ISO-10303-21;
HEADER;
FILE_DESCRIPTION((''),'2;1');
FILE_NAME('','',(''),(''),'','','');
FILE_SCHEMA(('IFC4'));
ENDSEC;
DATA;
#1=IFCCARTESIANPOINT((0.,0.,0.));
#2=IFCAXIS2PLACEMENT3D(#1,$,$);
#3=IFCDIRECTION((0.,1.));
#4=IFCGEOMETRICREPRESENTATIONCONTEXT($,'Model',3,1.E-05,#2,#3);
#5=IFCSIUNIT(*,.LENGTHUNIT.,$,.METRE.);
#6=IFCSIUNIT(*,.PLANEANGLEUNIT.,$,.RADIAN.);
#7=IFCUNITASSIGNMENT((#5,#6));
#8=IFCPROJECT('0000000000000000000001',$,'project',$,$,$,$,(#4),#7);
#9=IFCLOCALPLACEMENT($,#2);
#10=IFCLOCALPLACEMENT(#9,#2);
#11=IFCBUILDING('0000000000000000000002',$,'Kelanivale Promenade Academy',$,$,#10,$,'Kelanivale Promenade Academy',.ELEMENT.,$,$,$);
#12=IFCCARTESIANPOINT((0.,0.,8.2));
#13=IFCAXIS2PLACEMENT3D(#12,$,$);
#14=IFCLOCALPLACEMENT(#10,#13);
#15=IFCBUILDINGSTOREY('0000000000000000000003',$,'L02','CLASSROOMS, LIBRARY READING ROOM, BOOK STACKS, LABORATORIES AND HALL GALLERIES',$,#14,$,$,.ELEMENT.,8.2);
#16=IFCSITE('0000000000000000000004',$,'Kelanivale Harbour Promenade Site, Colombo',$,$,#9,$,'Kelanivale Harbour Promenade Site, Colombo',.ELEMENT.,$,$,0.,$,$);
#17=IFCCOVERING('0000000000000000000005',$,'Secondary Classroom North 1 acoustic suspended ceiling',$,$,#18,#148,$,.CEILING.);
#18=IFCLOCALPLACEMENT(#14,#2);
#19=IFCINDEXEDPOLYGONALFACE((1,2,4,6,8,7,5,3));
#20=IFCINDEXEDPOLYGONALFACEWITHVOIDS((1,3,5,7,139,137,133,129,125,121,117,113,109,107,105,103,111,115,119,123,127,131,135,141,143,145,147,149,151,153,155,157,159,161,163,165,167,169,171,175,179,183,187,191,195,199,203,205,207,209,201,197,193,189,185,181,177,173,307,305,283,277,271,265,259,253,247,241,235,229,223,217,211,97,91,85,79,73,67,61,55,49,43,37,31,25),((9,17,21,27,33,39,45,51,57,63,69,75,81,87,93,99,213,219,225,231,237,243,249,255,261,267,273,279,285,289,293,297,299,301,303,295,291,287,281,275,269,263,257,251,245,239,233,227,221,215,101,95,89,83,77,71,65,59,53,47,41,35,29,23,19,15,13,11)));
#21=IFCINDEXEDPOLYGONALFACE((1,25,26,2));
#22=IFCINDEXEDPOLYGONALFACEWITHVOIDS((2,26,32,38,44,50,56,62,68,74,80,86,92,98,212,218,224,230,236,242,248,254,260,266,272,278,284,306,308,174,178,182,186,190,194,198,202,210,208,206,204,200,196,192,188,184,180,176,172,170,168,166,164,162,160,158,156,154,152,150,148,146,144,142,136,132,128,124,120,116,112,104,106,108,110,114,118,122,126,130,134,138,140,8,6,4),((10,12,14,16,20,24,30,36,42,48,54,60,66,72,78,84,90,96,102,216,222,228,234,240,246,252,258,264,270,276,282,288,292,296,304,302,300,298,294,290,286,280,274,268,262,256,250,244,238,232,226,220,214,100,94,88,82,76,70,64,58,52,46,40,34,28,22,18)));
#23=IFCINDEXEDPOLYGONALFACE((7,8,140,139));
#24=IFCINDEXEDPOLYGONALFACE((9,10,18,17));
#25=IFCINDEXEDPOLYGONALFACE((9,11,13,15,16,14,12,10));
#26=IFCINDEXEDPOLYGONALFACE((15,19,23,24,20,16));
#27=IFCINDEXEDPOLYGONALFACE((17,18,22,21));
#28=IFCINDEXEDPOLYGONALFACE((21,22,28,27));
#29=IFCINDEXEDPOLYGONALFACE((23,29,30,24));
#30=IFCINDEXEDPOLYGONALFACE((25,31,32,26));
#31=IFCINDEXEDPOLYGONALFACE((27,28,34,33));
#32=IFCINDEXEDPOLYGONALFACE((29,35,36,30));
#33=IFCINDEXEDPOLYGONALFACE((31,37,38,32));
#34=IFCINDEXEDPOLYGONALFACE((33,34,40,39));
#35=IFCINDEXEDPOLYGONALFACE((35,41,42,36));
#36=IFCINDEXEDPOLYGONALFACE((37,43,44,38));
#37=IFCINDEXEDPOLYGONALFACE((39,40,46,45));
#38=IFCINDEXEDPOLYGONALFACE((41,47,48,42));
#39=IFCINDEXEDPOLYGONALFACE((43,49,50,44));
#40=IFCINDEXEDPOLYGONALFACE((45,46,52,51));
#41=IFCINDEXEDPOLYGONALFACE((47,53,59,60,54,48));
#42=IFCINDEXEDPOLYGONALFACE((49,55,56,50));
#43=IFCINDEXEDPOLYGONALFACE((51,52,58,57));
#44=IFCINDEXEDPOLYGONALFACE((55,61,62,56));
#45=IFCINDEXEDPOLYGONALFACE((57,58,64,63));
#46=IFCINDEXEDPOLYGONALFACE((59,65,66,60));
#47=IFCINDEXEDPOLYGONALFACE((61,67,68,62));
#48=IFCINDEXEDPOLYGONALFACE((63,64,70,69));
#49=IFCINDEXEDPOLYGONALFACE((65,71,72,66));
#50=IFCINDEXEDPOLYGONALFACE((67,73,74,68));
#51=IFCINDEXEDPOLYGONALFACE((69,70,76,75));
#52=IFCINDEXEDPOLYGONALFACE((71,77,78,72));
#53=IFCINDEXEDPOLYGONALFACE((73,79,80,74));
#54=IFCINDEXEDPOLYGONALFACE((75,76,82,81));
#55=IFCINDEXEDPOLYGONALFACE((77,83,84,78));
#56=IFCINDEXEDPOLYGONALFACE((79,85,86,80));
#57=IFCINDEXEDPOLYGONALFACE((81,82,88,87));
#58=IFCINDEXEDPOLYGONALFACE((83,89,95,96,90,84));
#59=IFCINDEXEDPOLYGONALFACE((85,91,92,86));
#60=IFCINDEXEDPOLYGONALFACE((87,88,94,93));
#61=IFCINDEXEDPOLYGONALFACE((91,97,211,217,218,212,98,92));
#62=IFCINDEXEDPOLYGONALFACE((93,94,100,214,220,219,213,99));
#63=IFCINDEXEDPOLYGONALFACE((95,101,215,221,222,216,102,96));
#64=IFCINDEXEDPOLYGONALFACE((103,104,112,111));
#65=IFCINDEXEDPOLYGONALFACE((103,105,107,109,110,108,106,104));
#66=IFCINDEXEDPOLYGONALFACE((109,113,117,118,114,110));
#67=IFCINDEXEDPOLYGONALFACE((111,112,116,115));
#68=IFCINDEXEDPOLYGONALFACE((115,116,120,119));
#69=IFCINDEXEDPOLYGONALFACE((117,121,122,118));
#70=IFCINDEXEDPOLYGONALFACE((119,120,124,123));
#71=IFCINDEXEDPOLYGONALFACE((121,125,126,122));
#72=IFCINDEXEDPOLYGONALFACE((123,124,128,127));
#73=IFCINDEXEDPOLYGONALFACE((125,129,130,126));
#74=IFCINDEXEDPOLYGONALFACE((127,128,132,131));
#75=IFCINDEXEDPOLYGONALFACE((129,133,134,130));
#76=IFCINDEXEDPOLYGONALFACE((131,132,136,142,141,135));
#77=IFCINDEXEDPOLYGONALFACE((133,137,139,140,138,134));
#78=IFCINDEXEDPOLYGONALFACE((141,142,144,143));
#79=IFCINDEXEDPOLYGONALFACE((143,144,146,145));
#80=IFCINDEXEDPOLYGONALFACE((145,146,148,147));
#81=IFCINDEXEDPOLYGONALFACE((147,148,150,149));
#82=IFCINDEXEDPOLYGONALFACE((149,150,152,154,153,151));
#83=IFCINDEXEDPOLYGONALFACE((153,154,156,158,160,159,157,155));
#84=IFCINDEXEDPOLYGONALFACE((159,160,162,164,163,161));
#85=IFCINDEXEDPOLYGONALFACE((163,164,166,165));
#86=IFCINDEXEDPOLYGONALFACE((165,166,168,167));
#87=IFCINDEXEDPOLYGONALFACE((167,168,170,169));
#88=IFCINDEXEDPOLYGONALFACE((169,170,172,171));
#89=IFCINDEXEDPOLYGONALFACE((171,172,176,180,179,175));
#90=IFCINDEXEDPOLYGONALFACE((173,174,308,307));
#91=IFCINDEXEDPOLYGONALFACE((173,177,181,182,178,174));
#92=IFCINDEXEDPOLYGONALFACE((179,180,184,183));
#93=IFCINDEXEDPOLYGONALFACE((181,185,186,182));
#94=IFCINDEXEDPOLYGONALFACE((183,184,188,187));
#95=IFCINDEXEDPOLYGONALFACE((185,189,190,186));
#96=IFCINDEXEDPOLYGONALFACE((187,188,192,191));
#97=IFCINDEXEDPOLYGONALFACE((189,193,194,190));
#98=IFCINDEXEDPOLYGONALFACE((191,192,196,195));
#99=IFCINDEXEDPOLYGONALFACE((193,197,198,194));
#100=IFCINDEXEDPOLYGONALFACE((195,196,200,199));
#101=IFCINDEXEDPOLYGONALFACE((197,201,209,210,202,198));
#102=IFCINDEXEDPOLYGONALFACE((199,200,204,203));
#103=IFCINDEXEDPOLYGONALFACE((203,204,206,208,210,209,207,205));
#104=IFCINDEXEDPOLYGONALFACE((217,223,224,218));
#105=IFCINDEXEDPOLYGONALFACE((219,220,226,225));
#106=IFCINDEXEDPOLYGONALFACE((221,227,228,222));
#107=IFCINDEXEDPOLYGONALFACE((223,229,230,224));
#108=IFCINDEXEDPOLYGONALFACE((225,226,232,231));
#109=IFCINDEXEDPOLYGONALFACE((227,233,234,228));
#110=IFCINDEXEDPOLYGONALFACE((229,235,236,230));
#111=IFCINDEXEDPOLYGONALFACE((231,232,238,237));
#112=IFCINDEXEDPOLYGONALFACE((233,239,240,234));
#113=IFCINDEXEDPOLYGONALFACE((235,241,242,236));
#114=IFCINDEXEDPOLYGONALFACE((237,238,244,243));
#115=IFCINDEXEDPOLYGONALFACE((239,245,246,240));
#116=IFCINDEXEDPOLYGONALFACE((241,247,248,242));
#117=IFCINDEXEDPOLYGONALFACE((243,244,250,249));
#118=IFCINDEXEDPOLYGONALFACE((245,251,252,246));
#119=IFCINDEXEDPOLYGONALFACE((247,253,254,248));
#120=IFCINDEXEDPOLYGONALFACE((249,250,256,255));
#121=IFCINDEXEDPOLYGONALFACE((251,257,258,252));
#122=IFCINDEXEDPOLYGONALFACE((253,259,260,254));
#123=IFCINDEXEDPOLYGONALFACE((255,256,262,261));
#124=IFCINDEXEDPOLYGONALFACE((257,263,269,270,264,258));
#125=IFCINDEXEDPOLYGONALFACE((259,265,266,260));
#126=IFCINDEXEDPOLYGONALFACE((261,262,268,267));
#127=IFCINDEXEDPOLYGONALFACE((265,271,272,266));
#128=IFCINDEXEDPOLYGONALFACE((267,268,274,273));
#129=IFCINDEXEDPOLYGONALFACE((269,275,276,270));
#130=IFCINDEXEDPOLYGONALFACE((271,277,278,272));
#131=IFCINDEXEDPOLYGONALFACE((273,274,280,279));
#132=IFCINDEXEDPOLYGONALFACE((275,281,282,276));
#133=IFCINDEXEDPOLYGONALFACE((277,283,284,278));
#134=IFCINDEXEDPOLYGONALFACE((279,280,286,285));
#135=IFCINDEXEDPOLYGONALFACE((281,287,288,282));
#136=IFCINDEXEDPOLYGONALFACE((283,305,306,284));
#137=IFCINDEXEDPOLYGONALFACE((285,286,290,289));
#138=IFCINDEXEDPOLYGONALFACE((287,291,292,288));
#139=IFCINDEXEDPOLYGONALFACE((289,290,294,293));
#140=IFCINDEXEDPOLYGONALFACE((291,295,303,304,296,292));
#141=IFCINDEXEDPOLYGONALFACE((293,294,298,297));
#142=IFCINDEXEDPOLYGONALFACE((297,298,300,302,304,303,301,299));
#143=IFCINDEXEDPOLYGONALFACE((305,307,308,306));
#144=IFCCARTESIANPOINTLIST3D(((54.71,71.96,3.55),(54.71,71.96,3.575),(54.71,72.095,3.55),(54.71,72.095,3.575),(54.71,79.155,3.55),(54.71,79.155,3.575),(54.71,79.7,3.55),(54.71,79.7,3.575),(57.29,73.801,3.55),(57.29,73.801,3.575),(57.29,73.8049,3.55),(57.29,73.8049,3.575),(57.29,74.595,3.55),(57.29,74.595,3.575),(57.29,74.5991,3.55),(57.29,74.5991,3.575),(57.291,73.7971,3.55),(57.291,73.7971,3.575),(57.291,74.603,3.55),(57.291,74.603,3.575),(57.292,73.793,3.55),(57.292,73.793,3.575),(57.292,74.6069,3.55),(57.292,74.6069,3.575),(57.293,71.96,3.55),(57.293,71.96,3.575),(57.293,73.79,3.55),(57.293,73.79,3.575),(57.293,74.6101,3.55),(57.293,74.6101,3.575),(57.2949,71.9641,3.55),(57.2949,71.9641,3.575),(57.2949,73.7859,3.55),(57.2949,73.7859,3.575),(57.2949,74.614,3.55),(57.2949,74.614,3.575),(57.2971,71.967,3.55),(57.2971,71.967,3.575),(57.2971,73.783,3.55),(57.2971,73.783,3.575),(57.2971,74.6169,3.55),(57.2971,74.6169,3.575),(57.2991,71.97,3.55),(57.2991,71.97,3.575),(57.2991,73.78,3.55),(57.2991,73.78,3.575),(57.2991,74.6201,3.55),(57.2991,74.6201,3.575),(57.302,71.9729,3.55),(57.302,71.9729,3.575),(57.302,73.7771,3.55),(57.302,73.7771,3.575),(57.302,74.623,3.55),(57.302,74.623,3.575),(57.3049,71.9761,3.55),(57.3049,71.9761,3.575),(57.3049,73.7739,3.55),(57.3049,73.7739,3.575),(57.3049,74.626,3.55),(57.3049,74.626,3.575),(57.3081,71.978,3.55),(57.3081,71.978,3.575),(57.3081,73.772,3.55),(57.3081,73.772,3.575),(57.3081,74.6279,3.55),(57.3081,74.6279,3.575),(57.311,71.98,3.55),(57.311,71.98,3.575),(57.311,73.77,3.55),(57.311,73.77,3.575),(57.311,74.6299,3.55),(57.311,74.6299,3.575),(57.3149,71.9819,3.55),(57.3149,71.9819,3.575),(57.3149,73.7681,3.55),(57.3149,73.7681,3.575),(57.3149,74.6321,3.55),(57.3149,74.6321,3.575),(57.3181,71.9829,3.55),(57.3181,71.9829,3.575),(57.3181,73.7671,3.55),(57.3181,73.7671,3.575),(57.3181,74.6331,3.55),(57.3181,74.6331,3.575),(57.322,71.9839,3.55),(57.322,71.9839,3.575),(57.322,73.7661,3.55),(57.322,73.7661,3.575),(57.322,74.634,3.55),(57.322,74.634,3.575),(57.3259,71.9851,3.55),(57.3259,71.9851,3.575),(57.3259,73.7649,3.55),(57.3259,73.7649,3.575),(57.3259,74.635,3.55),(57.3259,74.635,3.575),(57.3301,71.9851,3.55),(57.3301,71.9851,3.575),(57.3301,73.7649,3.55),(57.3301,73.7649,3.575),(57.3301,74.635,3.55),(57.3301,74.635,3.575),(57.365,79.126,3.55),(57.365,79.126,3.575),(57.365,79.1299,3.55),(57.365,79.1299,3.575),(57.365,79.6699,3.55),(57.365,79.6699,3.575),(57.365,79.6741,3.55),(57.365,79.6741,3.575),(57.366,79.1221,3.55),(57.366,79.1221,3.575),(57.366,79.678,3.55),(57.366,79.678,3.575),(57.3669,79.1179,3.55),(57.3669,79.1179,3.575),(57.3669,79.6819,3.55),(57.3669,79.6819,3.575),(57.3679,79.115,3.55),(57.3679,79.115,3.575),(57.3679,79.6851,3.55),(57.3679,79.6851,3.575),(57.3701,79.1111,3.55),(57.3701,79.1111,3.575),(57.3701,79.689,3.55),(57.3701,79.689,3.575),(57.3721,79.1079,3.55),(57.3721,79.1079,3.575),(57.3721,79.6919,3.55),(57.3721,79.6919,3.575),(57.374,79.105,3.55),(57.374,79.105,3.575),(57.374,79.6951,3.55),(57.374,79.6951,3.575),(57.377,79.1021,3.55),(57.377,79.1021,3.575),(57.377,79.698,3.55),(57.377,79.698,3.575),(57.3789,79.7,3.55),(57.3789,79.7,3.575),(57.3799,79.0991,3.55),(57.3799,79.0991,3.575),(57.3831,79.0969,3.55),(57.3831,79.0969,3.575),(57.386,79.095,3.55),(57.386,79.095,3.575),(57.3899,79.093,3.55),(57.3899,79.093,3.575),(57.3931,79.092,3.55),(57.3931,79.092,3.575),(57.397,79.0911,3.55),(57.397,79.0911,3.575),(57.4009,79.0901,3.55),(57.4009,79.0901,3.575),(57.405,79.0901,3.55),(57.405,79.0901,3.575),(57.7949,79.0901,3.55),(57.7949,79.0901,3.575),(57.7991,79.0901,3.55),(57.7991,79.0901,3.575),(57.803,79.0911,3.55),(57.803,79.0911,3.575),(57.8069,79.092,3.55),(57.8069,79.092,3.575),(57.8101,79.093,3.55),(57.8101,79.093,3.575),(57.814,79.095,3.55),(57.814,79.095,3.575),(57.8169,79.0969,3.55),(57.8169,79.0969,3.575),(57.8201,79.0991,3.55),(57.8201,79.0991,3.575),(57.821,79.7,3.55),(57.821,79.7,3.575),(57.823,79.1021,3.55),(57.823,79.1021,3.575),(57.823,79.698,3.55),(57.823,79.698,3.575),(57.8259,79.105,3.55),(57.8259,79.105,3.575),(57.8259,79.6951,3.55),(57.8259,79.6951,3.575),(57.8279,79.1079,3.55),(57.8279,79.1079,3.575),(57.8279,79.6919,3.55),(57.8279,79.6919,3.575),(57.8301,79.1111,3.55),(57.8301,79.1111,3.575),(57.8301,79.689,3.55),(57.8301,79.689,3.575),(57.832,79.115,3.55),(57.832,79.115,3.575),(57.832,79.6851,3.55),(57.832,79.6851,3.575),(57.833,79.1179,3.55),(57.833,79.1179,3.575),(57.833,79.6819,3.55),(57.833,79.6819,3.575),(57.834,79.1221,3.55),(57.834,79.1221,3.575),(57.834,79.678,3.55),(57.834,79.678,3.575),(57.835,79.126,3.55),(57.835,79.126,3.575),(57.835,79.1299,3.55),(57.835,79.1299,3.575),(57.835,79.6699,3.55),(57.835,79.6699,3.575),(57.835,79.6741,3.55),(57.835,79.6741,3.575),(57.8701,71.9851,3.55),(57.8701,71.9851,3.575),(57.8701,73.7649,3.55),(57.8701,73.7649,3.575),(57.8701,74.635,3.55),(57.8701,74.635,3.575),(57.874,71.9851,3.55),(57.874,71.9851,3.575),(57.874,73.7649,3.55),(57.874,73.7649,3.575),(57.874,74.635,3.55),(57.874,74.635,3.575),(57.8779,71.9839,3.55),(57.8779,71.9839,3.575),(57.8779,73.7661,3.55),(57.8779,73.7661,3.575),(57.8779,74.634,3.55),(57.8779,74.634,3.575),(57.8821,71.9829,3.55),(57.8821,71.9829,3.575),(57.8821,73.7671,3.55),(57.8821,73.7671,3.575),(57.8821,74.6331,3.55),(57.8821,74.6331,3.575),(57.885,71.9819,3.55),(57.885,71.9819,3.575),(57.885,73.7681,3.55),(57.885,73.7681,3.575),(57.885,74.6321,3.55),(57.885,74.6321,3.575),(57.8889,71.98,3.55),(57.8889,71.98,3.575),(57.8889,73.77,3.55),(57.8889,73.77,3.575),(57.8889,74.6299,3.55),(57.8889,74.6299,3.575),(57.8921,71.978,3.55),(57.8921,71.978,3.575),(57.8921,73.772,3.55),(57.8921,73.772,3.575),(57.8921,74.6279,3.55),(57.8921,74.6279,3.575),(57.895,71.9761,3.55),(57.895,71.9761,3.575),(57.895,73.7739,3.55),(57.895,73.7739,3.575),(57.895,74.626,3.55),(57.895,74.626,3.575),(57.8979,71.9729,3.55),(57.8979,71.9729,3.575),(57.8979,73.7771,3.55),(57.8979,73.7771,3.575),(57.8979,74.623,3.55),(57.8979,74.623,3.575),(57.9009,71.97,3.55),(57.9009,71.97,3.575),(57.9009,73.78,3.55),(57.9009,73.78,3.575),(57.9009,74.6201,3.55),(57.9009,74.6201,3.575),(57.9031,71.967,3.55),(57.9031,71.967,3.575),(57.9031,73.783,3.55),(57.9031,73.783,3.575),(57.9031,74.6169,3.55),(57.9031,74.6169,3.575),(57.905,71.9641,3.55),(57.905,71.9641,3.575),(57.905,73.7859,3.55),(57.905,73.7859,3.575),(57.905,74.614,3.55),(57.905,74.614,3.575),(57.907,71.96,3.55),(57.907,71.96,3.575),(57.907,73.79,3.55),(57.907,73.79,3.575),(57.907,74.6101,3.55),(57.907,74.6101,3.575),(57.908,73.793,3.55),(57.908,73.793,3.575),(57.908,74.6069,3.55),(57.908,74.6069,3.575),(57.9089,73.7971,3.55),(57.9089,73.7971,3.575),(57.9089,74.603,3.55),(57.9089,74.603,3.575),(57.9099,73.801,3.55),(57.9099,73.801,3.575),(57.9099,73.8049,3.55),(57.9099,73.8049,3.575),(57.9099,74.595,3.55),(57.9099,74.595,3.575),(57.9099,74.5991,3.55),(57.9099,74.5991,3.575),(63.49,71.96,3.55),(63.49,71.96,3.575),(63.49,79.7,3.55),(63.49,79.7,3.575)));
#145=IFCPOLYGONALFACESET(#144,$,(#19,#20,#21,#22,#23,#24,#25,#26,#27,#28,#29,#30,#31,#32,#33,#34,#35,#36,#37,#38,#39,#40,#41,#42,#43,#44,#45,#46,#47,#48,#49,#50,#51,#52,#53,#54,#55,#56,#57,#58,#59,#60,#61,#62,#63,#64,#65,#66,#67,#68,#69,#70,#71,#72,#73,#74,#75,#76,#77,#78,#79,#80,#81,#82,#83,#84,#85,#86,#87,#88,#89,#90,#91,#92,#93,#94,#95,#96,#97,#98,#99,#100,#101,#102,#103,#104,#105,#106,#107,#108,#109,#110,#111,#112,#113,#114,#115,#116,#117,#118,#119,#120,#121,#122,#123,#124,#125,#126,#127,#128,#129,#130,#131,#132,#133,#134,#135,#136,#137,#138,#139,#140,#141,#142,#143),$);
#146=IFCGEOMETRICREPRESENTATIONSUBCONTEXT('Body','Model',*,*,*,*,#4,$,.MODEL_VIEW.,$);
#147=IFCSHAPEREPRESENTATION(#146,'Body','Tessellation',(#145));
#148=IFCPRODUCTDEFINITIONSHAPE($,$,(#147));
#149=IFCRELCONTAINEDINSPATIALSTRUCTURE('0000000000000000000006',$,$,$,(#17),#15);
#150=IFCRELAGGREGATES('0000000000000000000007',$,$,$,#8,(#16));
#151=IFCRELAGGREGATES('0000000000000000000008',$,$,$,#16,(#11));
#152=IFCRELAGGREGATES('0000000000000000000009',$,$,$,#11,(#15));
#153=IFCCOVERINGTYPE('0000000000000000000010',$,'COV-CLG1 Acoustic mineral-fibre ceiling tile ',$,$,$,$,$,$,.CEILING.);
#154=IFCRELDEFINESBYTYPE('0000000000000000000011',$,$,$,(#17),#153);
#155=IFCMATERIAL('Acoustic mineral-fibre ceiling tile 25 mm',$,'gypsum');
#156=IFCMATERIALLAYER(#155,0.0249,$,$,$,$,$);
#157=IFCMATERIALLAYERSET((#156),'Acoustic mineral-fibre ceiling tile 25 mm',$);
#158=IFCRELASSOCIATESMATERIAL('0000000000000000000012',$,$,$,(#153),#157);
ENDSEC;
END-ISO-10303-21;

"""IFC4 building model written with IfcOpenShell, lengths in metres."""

from ifc_helpers import new_model, si_unit, direction, frame, origin, place, context, subcontext, project, spatial, polyline, outline, extrude, material, layer, layer_set, type_object, element, save


model = new_model("IFC4")

# Units and contexts
model_context = context("Model", 3, precision=1e-05, world=origin(), true_north=direction((0.0, 1.0)))
body_context = subcontext(model_context, "Body", "Model", "MODEL_VIEW")
ifc_project = project(units=[si_unit("LENGTHUNIT", "METRE"), si_unit("PLANEANGLEUNIT", "RADIAN")], contexts=[model_context])

# Site, building, storey
site_placement = place(None, origin())
site = spatial("IfcSite", under=ifc_project, at=site_placement, Name="Kelanivale Harbour Promenade Site, Colombo", LongName="Kelanivale Harbour Promenade Site, Colombo", CompositionType="ELEMENT", RefElevation=0.0)
building_placement = place(site_placement, origin())
building = spatial("IfcBuilding", under=site, at=building_placement, Name="Kelanivale Promenade Academy", LongName="Kelanivale Promenade Academy", CompositionType="ELEMENT")
storey_placement = place(building_placement, frame((0.0, 0.0, 8.2)))
storey = spatial("IfcBuildingStorey", under=building, at=storey_placement, Name="L02", Description="CLASSROOMS, LIBRARY READING ROOM, BOOK STACKS, LABORATORIES AND HALL GALLERIES", CompositionType="ELEMENT", Elevation=8.2)

# Covering
ifc_material_1 = material(Name="Acoustic mineral-fibre ceiling tile 25 mm", Category="gypsum")
ifc_layer_1 = layer(ifc_material_1, 0.0249)
ifc_layer_set_1 = layer_set([ifc_layer_1], Name="Acoustic mineral-fibre ceiling tile 25 mm")
covering_type_1 = type_object("IfcCoveringType", Name="COV-CLG1 Acoustic mineral-fibre ceiling tile ", PredefinedType="CEILING", material=ifc_layer_set_1)
covering_1_placement = place(storey_placement, frame((0.0, 0.0, 3.55)))
element("IfcCovering", 1, at=covering_1_placement, inside=storey, type_object=covering_type_1, Name="Secondary Classroom North 1 acoustic suspended ceiling", PredefinedType="CEILING", context=body_context, shape_type="SweptSolid", body=[
    extrude(outline(polyline([(54.71, 71.96), (57.293, 71.96), (57.293, 71.96), (57.2949, 71.9641), (57.2971, 71.967), (57.2991, 71.97), (57.302, 71.9729), (57.3049, 71.9761), (57.3081, 71.978), (57.311, 71.98), (57.3149, 71.9819), (57.3181, 71.9829), (57.322, 71.9839), (57.3259, 71.9851), (57.3301, 71.9851), (57.8701, 71.9851), (57.874, 71.9851), (57.8779, 71.9839), (57.8821, 71.9829), (57.885, 71.9819), (57.8889, 71.98), (57.8921, 71.978), (57.895, 71.9761), (57.8979, 71.9729), (57.9009, 71.97), (57.9031, 71.967), (57.905, 71.9641), (57.907, 71.96), (57.907, 71.96), (63.49, 71.96), (63.49, 79.7), (57.821, 79.7), (57.823, 79.698), (57.8259, 79.6951), (57.8279, 79.6919), (57.8301, 79.689), (57.832, 79.6851), (57.833, 79.6819), (57.834, 79.678), (57.835, 79.6741), (57.835, 79.6699), (57.835, 79.1299), (57.835, 79.126), (57.834, 79.1221), (57.833, 79.1179), (57.832, 79.115), (57.8301, 79.1111), (57.8279, 79.1079), (57.8259, 79.105), (57.823, 79.1021), (57.8201, 79.0991), (57.8169, 79.0969), (57.814, 79.095), (57.8101, 79.093), (57.8069, 79.092), (57.803, 79.0911), (57.7991, 79.0901), (57.7949, 79.0901), (57.405, 79.0901), (57.4009, 79.0901), (57.397, 79.0911), (57.3931, 79.092), (57.3899, 79.093), (57.386, 79.095), (57.3831, 79.0969), (57.3799, 79.0991), (57.377, 79.1021), (57.374, 79.105), (57.3721, 79.1079), (57.3701, 79.1111), (57.3679, 79.115), (57.3669, 79.1179), (57.366, 79.1221), (57.365, 79.126), (57.365, 79.1299), (57.365, 79.6699), (57.365, 79.6741), (57.366, 79.678), (57.3669, 79.6819), (57.3679, 79.6851), (57.3701, 79.689), (57.3721, 79.6919), (57.374, 79.6951), (57.377, 79.698), (57.3789, 79.7), (54.71, 79.7), (54.71, 79.155), (54.71, 72.095), (54.71, 71.96)]), holes=[polyline([(57.9099, 73.8049), (57.9099, 73.801), (57.9089, 73.7971), (57.908, 73.793), (57.907, 73.79), (57.905, 73.7859), (57.9031, 73.783), (57.9009, 73.78), (57.8979, 73.7771), (57.895, 73.7739), (57.8921, 73.772), (57.8889, 73.77), (57.885, 73.7681), (57.8821, 73.7671), (57.8779, 73.7661), (57.874, 73.7649), (57.8701, 73.7649), (57.3301, 73.7649), (57.3259, 73.7649), (57.322, 73.7661), (57.3181, 73.7671), (57.3149, 73.7681), (57.311, 73.77), (57.3081, 73.772), (57.3049, 73.7739), (57.302, 73.7771), (57.2991, 73.78), (57.2971, 73.783), (57.2949, 73.7859), (57.293, 73.79), (57.292, 73.793), (57.291, 73.7971), (57.29, 73.801), (57.29, 73.8049), (57.29, 74.595), (57.29, 74.5991), (57.291, 74.603), (57.292, 74.6069), (57.293, 74.6101), (57.2949, 74.614), (57.2971, 74.6169), (57.2991, 74.6201), (57.302, 74.623), (57.3049, 74.626), (57.3081, 74.6279), (57.311, 74.6299), (57.3149, 74.6321), (57.3181, 74.6331), (57.322, 74.634), (57.3259, 74.635), (57.3301, 74.635), (57.8701, 74.635), (57.874, 74.635), (57.8779, 74.634), (57.8821, 74.6331), (57.885, 74.6321), (57.8889, 74.6299), (57.8921, 74.6279), (57.895, 74.626), (57.8979, 74.623), (57.9009, 74.6201), (57.9031, 74.6169), (57.905, 74.614), (57.907, 74.6101), (57.908, 74.6069), (57.9089, 74.603), (57.9099, 74.5991), (57.9099, 74.595), (57.9099, 73.8049)])]), origin(), (0.0, 0.0, 1.0), 0.0249),
])

save(model, "model.ifc")
